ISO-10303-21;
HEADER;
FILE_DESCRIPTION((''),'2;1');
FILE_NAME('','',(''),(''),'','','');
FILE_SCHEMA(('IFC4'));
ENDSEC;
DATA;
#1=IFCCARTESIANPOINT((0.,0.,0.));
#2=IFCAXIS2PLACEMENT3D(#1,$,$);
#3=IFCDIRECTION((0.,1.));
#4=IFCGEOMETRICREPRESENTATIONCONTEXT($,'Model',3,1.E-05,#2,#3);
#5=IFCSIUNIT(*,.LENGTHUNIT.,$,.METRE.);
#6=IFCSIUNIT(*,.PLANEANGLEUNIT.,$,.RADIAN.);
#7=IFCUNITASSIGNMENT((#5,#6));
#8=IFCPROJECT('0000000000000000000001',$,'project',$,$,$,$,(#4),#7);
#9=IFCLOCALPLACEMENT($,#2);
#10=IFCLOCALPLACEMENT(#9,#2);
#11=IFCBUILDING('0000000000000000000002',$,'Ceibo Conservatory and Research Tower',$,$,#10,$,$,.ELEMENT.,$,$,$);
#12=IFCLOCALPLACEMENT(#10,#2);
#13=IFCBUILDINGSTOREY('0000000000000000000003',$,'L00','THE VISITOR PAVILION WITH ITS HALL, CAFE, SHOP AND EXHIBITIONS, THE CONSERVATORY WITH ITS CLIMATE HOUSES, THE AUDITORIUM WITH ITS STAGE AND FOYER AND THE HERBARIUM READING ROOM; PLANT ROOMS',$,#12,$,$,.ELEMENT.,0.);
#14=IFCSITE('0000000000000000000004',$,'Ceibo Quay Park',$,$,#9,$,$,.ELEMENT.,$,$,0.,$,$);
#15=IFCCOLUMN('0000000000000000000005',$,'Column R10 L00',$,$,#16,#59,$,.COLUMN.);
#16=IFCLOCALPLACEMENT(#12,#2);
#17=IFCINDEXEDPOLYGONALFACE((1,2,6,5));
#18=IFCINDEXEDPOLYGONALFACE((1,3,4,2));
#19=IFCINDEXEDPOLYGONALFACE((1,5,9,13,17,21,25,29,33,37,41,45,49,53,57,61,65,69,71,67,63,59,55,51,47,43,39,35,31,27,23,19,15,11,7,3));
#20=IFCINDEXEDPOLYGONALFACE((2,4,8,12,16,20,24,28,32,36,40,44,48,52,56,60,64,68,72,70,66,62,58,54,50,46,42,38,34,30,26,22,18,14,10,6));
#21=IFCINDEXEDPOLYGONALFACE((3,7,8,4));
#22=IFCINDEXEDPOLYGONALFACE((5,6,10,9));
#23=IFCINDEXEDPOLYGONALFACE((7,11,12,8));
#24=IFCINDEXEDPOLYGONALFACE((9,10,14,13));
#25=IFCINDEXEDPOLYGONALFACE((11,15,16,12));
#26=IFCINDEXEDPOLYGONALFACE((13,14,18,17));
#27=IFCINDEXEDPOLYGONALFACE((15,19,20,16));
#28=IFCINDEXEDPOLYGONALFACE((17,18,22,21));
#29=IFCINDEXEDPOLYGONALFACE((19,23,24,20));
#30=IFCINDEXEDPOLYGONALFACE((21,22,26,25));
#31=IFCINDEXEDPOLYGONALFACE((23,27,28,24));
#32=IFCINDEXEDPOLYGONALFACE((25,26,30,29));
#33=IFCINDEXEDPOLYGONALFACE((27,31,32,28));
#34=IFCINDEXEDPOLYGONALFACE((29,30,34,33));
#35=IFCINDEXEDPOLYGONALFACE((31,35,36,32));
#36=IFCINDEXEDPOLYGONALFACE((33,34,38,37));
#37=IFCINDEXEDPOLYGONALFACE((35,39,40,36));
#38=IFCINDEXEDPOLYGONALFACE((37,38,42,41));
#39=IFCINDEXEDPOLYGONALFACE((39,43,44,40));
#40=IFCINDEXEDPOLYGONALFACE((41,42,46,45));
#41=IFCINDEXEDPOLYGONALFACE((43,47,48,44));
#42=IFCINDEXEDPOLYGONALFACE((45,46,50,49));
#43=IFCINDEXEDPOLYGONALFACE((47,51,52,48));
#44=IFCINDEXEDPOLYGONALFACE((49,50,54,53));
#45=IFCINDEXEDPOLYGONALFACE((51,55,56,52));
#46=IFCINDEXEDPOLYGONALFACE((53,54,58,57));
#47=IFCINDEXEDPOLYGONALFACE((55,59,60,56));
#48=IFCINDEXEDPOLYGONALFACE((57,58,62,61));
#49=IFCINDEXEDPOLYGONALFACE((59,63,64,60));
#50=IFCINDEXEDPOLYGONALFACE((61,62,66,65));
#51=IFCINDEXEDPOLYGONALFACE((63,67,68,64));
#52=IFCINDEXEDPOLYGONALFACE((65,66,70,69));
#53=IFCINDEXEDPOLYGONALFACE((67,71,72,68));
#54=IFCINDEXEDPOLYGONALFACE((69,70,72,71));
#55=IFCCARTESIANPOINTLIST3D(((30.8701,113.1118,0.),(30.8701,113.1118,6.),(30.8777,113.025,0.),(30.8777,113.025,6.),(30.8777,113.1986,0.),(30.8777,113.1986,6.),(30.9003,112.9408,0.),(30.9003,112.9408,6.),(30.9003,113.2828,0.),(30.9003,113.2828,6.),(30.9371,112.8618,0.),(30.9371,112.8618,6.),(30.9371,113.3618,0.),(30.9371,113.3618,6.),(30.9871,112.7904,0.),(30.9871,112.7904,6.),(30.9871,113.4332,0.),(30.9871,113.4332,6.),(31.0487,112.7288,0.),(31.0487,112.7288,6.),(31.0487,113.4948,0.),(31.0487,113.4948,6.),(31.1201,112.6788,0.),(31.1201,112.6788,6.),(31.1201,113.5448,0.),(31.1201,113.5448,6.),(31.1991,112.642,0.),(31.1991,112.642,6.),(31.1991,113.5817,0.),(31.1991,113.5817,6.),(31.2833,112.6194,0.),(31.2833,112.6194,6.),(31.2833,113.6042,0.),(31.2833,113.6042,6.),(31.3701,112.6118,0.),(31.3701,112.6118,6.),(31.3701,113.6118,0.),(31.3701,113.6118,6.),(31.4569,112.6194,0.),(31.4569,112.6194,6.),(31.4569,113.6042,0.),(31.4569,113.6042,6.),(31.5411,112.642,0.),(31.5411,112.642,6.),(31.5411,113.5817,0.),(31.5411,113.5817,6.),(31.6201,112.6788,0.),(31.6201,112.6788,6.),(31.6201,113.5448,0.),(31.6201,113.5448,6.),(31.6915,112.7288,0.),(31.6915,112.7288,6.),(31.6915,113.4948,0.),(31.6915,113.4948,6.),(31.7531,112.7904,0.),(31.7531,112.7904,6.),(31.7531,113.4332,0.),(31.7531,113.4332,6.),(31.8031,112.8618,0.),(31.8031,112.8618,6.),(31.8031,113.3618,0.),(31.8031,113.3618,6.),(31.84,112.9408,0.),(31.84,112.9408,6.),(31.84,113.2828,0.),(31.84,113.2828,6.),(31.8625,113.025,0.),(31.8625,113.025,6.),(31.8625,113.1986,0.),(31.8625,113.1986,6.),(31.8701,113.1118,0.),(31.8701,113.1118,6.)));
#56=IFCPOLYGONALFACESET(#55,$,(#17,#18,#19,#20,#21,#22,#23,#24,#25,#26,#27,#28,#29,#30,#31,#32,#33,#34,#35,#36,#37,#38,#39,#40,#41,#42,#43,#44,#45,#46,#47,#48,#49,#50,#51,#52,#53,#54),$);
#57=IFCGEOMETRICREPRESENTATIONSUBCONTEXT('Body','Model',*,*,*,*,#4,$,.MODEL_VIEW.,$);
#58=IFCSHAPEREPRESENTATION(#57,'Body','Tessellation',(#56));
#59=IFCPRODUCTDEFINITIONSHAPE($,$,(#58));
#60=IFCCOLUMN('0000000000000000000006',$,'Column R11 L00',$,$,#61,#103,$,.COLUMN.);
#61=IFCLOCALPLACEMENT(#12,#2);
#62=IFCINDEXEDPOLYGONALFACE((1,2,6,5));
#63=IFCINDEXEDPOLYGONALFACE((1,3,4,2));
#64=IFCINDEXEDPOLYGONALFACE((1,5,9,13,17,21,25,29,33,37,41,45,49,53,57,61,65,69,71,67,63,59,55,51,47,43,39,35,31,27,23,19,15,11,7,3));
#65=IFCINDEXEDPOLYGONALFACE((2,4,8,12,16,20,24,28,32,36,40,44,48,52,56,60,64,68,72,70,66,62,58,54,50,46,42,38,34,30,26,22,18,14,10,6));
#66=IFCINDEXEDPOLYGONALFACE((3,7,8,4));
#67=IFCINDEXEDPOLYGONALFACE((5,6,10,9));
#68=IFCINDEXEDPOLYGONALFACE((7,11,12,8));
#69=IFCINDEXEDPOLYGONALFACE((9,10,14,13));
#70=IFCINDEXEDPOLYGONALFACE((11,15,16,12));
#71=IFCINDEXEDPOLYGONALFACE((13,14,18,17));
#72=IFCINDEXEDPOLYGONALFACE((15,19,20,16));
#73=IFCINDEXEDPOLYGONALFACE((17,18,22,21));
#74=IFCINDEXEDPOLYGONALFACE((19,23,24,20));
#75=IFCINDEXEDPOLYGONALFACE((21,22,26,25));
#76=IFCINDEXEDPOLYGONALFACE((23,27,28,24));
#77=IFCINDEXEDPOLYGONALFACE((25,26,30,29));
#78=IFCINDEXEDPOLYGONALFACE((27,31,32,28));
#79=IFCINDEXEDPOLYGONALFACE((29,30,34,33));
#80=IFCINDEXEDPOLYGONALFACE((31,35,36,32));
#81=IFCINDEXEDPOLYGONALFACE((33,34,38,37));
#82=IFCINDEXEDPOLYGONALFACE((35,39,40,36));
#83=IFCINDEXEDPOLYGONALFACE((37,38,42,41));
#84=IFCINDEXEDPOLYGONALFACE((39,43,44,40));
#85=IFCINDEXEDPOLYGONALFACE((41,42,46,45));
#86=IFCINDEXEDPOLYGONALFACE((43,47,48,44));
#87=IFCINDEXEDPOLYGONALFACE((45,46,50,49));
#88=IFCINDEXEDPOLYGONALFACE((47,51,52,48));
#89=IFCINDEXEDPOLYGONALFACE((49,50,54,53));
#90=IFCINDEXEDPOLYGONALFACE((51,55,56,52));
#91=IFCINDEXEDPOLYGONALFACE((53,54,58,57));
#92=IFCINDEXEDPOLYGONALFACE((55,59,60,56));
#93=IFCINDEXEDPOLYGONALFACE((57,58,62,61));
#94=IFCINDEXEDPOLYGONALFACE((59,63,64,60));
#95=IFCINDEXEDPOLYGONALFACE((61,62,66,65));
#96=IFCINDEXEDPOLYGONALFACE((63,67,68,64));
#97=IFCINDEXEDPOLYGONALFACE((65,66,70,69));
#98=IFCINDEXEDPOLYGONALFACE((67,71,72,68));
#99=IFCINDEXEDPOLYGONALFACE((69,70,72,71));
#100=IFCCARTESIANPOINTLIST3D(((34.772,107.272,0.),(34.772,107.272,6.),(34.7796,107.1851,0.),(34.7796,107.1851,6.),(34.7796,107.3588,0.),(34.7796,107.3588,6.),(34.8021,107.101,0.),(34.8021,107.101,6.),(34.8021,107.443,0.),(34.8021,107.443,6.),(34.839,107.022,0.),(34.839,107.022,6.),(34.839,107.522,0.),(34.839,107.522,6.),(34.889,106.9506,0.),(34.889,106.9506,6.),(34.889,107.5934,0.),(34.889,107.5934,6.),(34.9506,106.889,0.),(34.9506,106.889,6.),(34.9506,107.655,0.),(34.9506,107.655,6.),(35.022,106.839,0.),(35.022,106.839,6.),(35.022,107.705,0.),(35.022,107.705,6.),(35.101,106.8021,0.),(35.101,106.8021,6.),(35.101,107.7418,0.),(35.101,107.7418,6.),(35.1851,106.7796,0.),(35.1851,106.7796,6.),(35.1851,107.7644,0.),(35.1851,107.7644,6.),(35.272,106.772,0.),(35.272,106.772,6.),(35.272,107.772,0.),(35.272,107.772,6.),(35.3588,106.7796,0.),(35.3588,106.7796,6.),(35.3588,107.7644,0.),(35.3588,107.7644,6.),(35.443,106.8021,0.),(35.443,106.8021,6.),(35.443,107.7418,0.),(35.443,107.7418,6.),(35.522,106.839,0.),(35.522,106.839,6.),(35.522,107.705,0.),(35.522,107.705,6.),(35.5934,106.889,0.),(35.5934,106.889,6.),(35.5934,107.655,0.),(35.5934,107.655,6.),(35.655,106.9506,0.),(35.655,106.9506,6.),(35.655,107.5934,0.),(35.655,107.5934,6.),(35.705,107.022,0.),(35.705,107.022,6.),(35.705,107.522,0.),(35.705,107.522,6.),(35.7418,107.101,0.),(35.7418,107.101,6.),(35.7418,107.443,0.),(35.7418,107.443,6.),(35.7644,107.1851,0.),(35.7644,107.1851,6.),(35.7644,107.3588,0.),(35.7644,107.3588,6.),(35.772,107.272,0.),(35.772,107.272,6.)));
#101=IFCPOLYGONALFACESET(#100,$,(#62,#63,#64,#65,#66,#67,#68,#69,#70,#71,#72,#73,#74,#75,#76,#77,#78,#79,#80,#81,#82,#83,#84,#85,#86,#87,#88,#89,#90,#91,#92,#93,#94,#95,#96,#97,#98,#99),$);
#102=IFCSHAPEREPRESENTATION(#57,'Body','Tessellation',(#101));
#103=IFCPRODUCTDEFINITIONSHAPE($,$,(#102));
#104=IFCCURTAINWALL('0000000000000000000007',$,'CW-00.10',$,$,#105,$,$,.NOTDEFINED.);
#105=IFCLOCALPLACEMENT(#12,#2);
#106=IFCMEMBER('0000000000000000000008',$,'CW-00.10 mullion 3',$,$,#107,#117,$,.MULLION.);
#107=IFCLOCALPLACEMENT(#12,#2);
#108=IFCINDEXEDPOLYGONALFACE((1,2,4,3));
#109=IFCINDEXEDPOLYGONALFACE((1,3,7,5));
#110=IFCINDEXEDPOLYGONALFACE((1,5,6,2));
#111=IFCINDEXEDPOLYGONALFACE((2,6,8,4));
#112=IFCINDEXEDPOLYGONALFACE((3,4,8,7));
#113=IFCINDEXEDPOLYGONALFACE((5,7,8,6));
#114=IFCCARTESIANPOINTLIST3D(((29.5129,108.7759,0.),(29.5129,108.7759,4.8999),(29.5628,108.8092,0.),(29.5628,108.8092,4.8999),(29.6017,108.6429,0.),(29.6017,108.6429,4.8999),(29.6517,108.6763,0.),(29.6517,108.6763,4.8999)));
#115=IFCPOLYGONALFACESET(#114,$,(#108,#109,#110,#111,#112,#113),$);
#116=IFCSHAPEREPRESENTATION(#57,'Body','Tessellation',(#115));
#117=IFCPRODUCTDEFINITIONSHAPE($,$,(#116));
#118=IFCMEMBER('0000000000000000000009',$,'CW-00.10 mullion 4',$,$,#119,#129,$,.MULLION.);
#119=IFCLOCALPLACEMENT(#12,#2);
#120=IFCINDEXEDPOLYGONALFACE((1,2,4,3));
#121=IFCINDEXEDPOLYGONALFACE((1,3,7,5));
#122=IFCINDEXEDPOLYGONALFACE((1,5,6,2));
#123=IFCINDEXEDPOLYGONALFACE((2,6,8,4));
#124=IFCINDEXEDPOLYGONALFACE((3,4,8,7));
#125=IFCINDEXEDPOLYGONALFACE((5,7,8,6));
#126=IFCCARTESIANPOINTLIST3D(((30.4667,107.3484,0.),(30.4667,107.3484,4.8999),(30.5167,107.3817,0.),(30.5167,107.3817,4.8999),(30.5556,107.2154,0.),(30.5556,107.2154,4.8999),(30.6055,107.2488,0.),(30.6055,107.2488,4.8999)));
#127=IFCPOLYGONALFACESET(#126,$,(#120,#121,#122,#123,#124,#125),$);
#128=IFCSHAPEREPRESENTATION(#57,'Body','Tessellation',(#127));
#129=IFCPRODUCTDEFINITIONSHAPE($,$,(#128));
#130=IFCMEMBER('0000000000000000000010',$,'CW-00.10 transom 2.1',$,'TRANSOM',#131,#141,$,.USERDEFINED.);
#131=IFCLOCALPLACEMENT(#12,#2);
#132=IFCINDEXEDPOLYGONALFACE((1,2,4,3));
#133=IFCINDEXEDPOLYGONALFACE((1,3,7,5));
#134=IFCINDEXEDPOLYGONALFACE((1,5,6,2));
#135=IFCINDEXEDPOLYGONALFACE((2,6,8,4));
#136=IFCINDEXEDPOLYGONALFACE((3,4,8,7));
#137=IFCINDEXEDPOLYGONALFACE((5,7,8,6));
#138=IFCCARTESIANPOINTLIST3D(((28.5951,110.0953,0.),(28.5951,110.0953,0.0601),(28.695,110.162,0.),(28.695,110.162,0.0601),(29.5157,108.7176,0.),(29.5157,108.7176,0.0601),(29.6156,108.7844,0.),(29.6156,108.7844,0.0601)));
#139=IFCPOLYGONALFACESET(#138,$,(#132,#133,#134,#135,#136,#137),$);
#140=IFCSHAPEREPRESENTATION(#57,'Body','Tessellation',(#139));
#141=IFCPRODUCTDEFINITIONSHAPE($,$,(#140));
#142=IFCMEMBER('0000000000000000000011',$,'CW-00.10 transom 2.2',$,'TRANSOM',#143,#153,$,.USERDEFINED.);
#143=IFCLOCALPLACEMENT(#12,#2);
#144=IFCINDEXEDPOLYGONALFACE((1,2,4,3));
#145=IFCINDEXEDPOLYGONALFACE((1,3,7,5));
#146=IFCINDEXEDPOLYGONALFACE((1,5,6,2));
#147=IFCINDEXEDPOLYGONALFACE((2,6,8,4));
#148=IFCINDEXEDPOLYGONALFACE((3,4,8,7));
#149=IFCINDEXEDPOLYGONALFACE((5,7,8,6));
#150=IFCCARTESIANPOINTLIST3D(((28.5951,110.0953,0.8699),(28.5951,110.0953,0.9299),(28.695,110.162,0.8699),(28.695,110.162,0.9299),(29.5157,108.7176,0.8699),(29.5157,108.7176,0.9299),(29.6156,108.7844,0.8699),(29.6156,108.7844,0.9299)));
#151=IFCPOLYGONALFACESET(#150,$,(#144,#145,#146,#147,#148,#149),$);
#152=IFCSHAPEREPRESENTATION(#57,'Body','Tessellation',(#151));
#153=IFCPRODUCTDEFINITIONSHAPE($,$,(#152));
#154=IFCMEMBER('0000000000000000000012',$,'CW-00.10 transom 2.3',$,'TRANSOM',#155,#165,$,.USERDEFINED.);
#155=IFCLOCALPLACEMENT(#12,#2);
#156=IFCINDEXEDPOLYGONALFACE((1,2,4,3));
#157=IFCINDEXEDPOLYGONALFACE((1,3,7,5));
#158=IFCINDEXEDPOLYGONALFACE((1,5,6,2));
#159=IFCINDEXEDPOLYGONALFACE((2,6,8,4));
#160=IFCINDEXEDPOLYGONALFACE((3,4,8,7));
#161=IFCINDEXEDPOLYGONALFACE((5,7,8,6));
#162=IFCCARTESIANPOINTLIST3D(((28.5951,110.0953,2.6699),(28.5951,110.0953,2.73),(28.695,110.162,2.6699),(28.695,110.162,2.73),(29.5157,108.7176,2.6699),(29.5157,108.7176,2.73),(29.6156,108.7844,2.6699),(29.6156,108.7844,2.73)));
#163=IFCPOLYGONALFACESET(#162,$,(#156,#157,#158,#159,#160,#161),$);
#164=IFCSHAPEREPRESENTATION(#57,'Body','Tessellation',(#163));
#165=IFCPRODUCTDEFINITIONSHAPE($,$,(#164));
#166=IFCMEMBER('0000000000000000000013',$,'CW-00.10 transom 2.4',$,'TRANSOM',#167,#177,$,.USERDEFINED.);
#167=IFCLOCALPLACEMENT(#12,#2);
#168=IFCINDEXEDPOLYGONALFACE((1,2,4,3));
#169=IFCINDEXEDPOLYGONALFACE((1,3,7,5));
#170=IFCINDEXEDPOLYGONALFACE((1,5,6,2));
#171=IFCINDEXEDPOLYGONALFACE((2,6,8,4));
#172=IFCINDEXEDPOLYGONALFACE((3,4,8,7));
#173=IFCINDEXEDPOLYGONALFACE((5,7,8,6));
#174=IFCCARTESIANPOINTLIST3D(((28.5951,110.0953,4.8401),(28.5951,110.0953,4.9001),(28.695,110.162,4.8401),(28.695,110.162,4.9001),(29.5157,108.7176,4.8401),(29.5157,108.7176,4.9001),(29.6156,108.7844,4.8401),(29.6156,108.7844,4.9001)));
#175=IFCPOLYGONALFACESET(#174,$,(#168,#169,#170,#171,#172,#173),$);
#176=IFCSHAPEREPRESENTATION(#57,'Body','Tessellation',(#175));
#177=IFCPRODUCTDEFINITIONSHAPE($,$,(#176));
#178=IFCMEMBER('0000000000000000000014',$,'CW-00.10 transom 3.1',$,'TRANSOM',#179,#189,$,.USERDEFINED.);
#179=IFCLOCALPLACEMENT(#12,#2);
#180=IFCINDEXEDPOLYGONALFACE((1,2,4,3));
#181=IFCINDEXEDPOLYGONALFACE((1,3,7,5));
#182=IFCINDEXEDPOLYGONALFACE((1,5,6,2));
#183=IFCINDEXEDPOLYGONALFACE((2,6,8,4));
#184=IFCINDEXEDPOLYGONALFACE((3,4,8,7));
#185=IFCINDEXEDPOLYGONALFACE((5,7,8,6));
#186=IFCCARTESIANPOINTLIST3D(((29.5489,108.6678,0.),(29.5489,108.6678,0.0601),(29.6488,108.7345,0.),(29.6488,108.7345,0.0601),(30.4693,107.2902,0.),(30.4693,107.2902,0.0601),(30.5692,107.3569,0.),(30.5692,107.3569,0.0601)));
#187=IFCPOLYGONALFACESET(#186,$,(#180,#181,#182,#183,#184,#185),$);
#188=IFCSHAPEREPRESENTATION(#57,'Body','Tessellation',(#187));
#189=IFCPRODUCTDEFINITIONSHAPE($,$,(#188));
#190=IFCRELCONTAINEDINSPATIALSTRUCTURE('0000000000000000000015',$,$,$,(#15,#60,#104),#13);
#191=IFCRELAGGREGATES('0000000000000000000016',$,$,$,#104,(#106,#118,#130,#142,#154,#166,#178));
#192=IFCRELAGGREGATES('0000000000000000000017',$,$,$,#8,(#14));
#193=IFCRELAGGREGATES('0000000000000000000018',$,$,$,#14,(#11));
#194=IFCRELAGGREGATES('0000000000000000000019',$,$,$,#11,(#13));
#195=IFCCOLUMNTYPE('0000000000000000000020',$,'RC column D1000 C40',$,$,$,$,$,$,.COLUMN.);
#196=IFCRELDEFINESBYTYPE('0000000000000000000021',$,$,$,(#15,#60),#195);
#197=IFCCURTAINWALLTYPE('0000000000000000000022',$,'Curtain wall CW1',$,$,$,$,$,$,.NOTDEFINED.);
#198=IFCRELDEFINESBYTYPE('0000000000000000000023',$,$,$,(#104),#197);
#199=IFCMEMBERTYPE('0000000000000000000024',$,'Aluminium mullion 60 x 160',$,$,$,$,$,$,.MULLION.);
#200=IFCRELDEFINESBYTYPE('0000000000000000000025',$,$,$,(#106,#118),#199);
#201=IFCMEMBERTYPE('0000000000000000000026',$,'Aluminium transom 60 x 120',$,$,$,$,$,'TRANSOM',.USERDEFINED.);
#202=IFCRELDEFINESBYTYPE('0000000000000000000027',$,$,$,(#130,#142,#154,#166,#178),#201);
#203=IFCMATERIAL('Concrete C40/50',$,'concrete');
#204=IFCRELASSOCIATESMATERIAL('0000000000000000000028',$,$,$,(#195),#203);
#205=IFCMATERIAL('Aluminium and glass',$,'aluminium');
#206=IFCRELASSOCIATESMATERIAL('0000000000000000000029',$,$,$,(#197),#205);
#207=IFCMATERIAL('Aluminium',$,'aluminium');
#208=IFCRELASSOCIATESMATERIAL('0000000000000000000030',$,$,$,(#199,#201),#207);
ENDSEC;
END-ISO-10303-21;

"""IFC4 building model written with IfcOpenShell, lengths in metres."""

from ifc_helpers import new_model, si_unit, direction, frame, origin, origin_2d, place, context, subcontext, project, spatial, rectangle, circle, extrude, material, material_profile, profile_set, type_object, element, aggregate, save


model = new_model("IFC4")

# Units and contexts
model_context = context("Model", 3, precision=1e-05, world=origin(), true_north=direction((0.0, 1.0)))
body_context = subcontext(model_context, "Body", "Model", "MODEL_VIEW")
ifc_project = project(units=[si_unit("LENGTHUNIT", "METRE"), si_unit("PLANEANGLEUNIT", "RADIAN")], contexts=[model_context])

# Site, building, storey
site_placement = place(None, origin())
site = spatial("IfcSite", under=ifc_project, at=site_placement, Name="Ceibo Quay Park", CompositionType="ELEMENT", RefElevation=0.0)
building_placement = place(site_placement, origin())
building = spatial("IfcBuilding", under=site, at=building_placement, Name="Ceibo Conservatory and Research Tower", CompositionType="ELEMENT")
storey_placement = place(building_placement, origin())
storey = spatial("IfcBuildingStorey", under=building, at=storey_placement, Name="L00", Description="THE VISITOR PAVILION WITH ITS HALL, CAFE, SHOP AND EXHIBITIONS, THE CONSERVATORY WITH ITS CLIMATE HOUSES, THE AUDITORIUM WITH ITS STAGE AND FOYER AND THE HERBARIUM READING ROOM; PLANT ROOMS", CompositionType="ELEMENT", Elevation=0.0)

# Columns
ifc_material_1 = material(Name="Concrete C40/50", Category="concrete")
ifc_material_profile_1 = material_profile(ifc_material_1, circle(Radius=0.5, at=origin_2d()), Name="RC D1000")
ifc_profile_set_1 = profile_set([ifc_material_profile_1], Name="Concrete C40/50")
column_type = type_object("IfcColumnType", Name="RC column D1000 C40", PredefinedType="COLUMN", material=ifc_profile_set_1)
for number, where, z_axis, x_axis, name in (
    (1, (31.3701, 113.1118, 0.0), (0.0, 0.0, 1.0), (1.0, 0.0, 0.0), "Column R10 L00"),
    (2, (35.272, 107.272, 0.0), (0.0, 0.0, 1.0), (1.0, 0.0, 0.0), "Column R11 L00"),
):
    element("IfcColumn", number, at=place(storey_placement, frame(where, z_axis=z_axis, x_axis=x_axis)), inside=storey, type_object=column_type, Name=name, PredefinedType="COLUMN", context=body_context, shape_type="SweptSolid", body=[
        extrude(circle(Radius=0.5, at=origin_2d()), origin(), (0.0, 0.0, 1.0), 6.0),
    ])

# Curtain wall, members
ifc_material_2 = material(Name="Aluminium and glass", Category="aluminium")
curtain_wall_type = type_object("IfcCurtainWallType", Name="Curtain wall CW1", PredefinedType="NOTDEFINED", material=ifc_material_2)
curtain_wall_placement = place(storey_placement, origin())
curtain_wall = element("IfcCurtainWall", 3, at=curtain_wall_placement, inside=storey, type_object=curtain_wall_type, Name="CW-00.10", PredefinedType="NOTDEFINED")
ifc_material_3 = material(Name="Aluminium", Category="aluminium")
ifc_material_profile_2 = material_profile(ifc_material_3, rectangle(XDim=0.0601, YDim=0.1599, at=origin_2d()), Name="Aluminium 60 x 160")
ifc_profile_set_2 = profile_set([ifc_material_profile_2], Name="Aluminium")
member_type_1 = type_object("IfcMemberType", Name="Aluminium mullion 60 x 160", PredefinedType="MULLION", material=ifc_profile_set_2)
member_1_placement = place(storey_placement, frame((29.5823, 108.7261, 0.0), z_axis=(0.0, 0.0, 1.0), x_axis=(0.83147, 0.55557, 0.0)))
member_1 = element("IfcMember", 4, at=member_1_placement, type_object=member_type_1, Name="CW-00.10 mullion 3", PredefinedType="MULLION", context=body_context, shape_type="SweptSolid", body=[
    extrude(rectangle(XDim=0.0601, YDim=0.1599, at=origin_2d()), origin(), (0.0, 0.0, 1.0), 4.8999),
])
member_2_placement = place(storey_placement, frame((30.5361, 107.2986, 0.0), z_axis=(0.0, 0.0, 1.0), x_axis=(0.83147, 0.55557, 0.0)))
member_2 = element("IfcMember", 5, at=member_2_placement, type_object=member_type_1, Name="CW-00.10 mullion 4", PredefinedType="MULLION", context=body_context, shape_type="SweptSolid", body=[
    extrude(rectangle(XDim=0.0601, YDim=0.1599, at=origin_2d()), origin(), (0.0, 0.0, 1.0), 4.8999),
])
ifc_material_profile_3 = material_profile(ifc_material_3, rectangle(XDim=0.1201, YDim=0.0601, at=origin_2d()), Name="Aluminium 60 x 120")
ifc_profile_set_3 = profile_set([ifc_material_profile_3], Name="Aluminium")
member_type_2 = type_object("IfcMemberType", Name="Aluminium transom 60 x 120", ElementType="TRANSOM", PredefinedType="USERDEFINED", material=ifc_profile_set_3)
member_3_placement = place(storey_placement, frame((28.645, 110.1287, 0.03), z_axis=(0.555618, -0.831438, 0.0), x_axis=(0.831438, 0.555618, 0.0)))
member_3 = element("IfcMember", 6, at=member_3_placement, type_object=member_type_2, Name="CW-00.10 transom 2.1", ObjectType="TRANSOM", PredefinedType="USERDEFINED", context=body_context, shape_type="SweptSolid", body=[
    extrude(rectangle(XDim=0.1201, YDim=0.0601, at=origin_2d()), origin(), (0.0, 0.0, 1.0), 1.657),
])
member_4_placement = place(storey_placement, frame((28.645, 110.1287, 0.8999), z_axis=(0.555618, -0.831438, 0.0), x_axis=(0.831438, 0.555618, 0.0)))
member_4 = element("IfcMember", 7, at=member_4_placement, type_object=member_type_2, Name="CW-00.10 transom 2.2", ObjectType="TRANSOM", PredefinedType="USERDEFINED", context=body_context, shape_type="SweptSolid", body=[
    extrude(rectangle(XDim=0.1201, YDim=0.0601, at=origin_2d()), origin(), (0.0, 0.0, 1.0), 1.657),
])
member_5_placement = place(storey_placement, frame((28.645, 110.1287, 2.7), z_axis=(0.555618, -0.831438, 0.0), x_axis=(0.831438, 0.555618, 0.0)))
member_5 = element("IfcMember", 8, at=member_5_placement, type_object=member_type_2, Name="CW-00.10 transom 2.3", ObjectType="TRANSOM", PredefinedType="USERDEFINED", context=body_context, shape_type="SweptSolid", body=[
    extrude(rectangle(XDim=0.1201, YDim=0.0601, at=origin_2d()), origin(), (0.0, 0.0, 1.0), 1.657),
])
member_6_placement = place(storey_placement, frame((28.645, 110.1287, 4.8701), z_axis=(0.555618, -0.831438, 0.0), x_axis=(0.831438, 0.555618, 0.0)))
member_6 = element("IfcMember", 9, at=member_6_placement, type_object=member_type_2, Name="CW-00.10 transom 2.4", ObjectType="TRANSOM", PredefinedType="USERDEFINED", context=body_context, shape_type="SweptSolid", body=[
    extrude(rectangle(XDim=0.1201, YDim=0.0601, at=origin_2d()), origin(), (0.0, 0.0, 1.0), 1.657),
])
member_7_placement = place(storey_placement, frame((29.5989, 108.7012, 0.03), z_axis=(0.555516, -0.831506, 0.0), x_axis=(0.831506, 0.555516, 0.0)))
member_7 = element("IfcMember", 10, at=member_7_placement, type_object=member_type_2, Name="CW-00.10 transom 3.1", ObjectType="TRANSOM", PredefinedType="USERDEFINED", context=body_context, shape_type="SweptSolid", body=[
    extrude(rectangle(XDim=0.1201, YDim=0.0601, at=origin_2d()), origin(), (0.0, 0.0, 1.0), 1.6567),
])

aggregate(curtain_wall, [member_1, member_2, member_3, member_4, member_5, member_6, member_7])

save(model, "model.ifc")
